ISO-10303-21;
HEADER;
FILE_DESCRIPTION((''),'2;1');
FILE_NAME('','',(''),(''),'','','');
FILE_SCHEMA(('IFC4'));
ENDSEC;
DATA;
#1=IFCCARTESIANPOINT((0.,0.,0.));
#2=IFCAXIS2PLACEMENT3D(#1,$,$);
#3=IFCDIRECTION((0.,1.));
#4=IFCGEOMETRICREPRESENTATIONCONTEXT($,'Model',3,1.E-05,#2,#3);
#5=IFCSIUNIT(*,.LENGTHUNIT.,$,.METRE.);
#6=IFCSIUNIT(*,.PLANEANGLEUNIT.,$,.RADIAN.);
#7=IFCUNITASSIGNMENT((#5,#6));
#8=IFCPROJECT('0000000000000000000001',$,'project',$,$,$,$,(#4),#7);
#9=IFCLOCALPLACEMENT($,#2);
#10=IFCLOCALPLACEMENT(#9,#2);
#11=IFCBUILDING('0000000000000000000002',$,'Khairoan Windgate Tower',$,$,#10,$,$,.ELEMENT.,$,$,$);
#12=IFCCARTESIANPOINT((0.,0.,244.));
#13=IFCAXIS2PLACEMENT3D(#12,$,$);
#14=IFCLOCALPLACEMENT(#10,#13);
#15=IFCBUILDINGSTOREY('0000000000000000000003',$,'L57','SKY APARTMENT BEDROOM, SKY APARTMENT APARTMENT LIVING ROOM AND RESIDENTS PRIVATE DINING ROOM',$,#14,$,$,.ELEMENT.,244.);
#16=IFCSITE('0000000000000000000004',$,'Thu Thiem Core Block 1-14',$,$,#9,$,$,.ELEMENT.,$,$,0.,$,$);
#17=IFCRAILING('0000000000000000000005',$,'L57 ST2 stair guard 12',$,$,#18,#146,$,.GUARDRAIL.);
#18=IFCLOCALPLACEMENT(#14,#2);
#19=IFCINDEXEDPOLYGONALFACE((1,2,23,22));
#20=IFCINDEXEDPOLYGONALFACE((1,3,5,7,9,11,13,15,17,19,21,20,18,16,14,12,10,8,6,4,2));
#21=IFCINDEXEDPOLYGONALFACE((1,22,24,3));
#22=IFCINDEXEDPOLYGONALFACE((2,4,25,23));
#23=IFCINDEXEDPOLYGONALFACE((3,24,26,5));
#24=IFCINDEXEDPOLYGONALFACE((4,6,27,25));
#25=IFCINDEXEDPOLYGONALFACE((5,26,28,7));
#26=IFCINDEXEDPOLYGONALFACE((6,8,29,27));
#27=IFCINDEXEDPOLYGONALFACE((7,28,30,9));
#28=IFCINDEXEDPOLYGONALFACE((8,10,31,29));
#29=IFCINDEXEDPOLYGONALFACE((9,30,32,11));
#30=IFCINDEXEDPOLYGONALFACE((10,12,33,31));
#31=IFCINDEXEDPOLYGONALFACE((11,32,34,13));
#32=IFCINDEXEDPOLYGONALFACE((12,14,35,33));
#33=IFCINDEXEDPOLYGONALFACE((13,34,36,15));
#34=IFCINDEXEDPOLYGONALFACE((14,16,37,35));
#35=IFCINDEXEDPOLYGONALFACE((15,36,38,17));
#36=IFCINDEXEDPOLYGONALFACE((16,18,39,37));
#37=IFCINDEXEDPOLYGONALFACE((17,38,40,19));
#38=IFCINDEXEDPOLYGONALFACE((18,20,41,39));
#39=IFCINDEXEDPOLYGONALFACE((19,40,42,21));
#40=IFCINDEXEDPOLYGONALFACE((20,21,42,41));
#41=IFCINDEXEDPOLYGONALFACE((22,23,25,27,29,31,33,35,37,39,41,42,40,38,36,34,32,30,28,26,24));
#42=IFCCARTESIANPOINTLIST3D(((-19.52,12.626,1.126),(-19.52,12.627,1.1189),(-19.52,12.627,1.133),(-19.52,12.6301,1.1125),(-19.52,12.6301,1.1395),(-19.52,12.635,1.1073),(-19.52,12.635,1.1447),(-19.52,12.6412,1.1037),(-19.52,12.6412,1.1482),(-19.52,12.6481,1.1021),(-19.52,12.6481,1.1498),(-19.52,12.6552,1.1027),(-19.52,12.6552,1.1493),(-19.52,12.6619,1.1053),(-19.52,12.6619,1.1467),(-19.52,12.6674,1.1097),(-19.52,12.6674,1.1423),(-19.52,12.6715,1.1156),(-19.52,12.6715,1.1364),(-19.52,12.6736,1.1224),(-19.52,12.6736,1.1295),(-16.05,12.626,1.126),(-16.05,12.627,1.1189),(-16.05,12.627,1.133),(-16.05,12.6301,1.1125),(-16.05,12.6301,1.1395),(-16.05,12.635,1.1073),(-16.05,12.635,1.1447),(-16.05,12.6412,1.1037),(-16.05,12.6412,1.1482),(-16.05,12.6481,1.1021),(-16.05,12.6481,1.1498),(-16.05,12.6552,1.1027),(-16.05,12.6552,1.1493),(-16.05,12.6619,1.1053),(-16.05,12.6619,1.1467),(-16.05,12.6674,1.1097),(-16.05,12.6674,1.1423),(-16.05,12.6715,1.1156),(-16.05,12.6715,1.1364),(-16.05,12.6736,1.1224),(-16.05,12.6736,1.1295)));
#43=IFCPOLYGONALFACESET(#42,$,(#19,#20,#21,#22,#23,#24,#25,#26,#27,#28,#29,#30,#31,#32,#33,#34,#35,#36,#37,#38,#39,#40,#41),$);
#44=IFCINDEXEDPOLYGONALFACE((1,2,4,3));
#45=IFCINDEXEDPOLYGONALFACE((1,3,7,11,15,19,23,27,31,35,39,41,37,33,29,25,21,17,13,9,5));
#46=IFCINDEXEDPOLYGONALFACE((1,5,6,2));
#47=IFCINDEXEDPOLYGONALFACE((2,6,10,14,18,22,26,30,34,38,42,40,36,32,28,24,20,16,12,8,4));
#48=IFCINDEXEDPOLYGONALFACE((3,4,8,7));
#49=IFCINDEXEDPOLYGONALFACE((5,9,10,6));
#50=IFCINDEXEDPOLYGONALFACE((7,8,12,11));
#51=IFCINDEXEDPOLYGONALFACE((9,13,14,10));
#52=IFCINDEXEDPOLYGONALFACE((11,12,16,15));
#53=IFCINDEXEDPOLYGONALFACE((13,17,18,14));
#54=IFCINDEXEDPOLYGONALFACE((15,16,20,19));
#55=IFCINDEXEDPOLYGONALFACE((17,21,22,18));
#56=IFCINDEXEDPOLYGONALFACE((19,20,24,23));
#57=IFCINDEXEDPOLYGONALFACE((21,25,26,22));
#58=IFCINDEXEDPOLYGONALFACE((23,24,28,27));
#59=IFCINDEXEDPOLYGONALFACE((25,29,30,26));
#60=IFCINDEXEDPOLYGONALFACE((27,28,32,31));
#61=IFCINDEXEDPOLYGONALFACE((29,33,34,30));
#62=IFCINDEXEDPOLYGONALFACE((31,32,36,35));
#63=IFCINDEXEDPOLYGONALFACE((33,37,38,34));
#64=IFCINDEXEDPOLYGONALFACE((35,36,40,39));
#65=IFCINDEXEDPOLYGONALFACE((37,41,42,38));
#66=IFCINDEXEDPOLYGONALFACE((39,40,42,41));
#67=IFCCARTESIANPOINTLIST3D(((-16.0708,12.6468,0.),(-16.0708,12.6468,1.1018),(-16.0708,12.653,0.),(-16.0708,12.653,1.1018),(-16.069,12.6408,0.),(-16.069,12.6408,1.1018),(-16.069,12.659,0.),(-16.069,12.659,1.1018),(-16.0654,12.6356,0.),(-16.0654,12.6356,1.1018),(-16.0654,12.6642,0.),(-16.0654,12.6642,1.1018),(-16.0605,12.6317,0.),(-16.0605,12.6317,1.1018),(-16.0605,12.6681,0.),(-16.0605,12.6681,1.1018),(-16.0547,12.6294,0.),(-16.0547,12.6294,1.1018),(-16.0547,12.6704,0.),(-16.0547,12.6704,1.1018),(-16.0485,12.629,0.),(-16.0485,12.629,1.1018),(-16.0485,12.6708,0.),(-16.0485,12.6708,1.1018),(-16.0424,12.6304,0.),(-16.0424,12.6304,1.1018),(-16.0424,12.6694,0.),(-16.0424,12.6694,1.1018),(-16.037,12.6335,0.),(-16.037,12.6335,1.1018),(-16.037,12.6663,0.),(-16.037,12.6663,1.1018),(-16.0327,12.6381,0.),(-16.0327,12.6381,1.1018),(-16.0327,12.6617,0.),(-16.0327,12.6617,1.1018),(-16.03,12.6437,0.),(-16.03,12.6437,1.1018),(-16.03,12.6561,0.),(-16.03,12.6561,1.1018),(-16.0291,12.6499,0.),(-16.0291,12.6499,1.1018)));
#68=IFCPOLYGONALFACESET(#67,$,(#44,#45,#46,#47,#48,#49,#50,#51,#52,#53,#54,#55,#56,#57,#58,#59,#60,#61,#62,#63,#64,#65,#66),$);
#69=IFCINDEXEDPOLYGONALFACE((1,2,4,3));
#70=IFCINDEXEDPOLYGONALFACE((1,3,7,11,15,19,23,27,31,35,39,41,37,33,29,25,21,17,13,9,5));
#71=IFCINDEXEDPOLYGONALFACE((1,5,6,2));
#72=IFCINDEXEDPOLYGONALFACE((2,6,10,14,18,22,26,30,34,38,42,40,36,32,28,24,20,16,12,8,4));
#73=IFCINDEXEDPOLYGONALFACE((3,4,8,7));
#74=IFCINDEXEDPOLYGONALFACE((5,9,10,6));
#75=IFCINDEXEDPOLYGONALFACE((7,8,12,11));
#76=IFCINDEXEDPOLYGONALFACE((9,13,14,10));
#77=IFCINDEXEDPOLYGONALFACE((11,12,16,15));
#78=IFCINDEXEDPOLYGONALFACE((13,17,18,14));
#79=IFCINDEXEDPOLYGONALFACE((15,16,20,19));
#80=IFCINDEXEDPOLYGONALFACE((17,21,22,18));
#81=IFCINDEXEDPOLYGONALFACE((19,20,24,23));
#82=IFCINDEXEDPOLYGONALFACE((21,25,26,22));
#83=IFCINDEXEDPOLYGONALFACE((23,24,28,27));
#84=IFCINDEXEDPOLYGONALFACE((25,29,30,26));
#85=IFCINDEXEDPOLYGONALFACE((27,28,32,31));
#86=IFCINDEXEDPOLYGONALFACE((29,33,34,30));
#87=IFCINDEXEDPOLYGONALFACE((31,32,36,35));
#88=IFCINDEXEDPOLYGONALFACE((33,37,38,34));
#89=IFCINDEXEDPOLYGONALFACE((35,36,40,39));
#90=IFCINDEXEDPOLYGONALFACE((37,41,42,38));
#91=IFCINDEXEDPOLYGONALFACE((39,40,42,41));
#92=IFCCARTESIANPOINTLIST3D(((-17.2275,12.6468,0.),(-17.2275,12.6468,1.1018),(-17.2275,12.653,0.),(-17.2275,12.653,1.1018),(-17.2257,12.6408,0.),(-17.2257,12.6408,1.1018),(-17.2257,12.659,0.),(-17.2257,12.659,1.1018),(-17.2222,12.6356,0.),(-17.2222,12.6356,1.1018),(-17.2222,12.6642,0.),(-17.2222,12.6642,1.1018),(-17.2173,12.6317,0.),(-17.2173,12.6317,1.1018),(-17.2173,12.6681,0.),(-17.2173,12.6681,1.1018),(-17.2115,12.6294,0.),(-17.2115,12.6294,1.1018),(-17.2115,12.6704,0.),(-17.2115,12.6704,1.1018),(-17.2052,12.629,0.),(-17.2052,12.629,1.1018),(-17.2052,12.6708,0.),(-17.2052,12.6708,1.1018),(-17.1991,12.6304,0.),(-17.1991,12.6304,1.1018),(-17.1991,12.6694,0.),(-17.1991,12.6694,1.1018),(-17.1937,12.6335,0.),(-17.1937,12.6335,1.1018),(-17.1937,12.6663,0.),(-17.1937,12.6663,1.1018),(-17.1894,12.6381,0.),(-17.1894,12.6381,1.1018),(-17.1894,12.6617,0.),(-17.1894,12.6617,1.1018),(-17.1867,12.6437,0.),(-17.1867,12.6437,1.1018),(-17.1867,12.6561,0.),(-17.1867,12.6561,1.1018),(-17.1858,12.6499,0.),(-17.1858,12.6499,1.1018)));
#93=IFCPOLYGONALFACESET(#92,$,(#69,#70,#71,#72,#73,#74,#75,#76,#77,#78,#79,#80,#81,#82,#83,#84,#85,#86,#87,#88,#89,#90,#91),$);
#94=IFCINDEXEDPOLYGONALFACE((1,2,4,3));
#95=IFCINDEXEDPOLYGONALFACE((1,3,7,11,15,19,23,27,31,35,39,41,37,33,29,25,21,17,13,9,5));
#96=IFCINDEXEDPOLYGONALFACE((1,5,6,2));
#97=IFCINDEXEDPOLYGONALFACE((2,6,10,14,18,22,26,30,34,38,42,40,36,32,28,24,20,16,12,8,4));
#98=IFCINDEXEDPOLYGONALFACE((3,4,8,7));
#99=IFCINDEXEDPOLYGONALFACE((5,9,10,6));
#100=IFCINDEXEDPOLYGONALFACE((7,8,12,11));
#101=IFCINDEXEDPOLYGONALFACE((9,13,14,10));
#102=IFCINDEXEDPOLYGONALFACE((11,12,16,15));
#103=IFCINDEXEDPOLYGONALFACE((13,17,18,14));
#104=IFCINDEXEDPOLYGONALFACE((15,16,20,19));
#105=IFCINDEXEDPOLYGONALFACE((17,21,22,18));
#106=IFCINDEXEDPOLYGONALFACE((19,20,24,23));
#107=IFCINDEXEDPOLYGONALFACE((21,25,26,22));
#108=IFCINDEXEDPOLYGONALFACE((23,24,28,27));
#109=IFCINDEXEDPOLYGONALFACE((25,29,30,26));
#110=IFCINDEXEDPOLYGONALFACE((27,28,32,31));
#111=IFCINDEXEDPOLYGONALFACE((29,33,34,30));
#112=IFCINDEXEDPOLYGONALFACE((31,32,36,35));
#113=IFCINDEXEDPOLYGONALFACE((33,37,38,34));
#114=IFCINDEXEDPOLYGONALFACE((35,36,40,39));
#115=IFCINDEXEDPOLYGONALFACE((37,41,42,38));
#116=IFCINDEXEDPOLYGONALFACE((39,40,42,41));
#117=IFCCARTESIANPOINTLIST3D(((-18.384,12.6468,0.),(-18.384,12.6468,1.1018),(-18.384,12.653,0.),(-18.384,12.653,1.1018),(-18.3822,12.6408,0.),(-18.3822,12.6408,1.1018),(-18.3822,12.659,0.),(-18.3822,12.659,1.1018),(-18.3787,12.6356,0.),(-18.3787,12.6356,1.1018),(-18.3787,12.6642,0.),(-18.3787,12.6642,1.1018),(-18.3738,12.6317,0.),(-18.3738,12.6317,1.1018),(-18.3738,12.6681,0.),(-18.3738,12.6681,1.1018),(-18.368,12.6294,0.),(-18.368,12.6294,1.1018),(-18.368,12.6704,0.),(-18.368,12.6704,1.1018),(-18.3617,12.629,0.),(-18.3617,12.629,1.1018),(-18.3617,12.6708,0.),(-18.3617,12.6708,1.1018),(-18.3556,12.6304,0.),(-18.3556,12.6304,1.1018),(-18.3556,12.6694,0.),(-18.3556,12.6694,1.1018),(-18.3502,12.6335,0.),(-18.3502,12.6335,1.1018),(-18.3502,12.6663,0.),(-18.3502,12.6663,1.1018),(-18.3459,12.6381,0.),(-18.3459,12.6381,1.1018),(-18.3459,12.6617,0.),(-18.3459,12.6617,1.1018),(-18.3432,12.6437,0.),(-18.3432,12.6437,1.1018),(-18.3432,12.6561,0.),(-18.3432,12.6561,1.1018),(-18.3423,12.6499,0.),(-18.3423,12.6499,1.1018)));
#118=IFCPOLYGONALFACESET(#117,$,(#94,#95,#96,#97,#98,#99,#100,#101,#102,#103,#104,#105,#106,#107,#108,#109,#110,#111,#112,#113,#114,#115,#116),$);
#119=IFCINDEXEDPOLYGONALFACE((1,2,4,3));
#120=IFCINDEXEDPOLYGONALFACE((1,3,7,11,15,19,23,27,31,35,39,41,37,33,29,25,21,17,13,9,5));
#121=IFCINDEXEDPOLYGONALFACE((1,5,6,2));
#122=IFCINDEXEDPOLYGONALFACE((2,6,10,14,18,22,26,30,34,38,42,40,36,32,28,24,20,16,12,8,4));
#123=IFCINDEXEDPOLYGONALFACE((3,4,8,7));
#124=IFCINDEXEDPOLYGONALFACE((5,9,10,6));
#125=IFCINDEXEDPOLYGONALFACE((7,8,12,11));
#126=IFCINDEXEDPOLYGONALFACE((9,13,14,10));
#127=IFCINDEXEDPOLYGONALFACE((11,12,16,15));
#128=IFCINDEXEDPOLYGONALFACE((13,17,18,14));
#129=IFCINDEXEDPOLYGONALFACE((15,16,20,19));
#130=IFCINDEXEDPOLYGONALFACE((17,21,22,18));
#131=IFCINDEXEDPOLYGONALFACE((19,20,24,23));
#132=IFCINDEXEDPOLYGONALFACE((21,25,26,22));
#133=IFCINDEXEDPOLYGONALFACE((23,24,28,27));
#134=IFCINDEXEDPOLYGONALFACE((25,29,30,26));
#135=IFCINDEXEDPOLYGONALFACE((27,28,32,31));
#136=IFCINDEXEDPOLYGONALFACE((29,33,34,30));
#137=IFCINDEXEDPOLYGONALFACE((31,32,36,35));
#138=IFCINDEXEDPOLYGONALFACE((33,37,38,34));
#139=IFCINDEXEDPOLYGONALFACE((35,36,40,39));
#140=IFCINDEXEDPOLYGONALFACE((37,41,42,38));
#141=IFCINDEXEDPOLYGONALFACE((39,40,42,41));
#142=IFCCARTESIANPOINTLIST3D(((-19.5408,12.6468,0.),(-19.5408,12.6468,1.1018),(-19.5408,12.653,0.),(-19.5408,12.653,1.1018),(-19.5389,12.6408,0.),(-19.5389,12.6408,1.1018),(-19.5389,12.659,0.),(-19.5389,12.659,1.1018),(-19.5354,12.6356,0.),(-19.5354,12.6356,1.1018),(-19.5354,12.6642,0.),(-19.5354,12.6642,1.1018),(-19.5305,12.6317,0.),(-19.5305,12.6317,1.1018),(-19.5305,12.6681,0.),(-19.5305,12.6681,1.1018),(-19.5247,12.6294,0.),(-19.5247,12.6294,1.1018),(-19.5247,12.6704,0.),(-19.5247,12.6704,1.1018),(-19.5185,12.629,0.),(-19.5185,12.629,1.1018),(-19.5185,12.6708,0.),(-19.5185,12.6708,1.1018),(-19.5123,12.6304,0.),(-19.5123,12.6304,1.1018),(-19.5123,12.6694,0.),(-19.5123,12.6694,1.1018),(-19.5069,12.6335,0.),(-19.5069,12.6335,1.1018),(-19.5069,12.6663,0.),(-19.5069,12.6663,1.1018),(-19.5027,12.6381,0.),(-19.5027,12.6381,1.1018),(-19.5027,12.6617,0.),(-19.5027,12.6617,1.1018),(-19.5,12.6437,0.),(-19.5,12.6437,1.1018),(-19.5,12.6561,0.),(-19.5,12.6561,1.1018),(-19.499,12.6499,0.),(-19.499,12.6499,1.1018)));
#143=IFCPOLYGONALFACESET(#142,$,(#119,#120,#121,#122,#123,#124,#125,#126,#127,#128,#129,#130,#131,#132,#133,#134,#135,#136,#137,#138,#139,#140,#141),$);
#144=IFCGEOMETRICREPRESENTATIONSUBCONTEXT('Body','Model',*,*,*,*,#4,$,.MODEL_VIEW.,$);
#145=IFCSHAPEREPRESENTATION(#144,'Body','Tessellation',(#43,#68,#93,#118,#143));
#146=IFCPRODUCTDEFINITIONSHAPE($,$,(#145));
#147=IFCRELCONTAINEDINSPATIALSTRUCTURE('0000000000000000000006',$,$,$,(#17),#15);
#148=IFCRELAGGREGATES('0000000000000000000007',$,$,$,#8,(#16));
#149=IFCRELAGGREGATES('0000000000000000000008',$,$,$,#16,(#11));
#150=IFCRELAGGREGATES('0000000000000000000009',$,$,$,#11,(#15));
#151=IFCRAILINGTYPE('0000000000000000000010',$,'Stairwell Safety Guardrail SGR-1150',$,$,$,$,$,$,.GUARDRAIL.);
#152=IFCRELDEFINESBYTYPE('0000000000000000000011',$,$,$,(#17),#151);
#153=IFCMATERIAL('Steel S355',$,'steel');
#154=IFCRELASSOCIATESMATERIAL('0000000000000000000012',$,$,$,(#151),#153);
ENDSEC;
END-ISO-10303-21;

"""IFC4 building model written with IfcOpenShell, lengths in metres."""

from ifc_helpers import new_model, si_unit, direction, frame, origin, origin_2d, place, context, subcontext, project, spatial, circle, extrude, material, type_object, element, save


model = new_model("IFC4")

# Units and contexts
model_context = context("Model", 3, precision=1e-05, world=origin(), true_north=direction((0.0, 1.0)))
body_context = subcontext(model_context, "Body", "Model", "MODEL_VIEW")
ifc_project = project(units=[si_unit("LENGTHUNIT", "METRE"), si_unit("PLANEANGLEUNIT", "RADIAN")], contexts=[model_context])

# Site, building, storey
site_placement = place(None, origin())
site = spatial("IfcSite", under=ifc_project, at=site_placement, Name="Thu Thiem Core Block 1-14", CompositionType="ELEMENT", RefElevation=0.0)
building_placement = place(site_placement, origin())
building = spatial("IfcBuilding", under=site, at=building_placement, Name="Khairoan Windgate Tower", CompositionType="ELEMENT")
storey_placement = place(building_placement, frame((0.0, 0.0, 244.0)))
storey = spatial("IfcBuildingStorey", under=building, at=storey_placement, Name="L57", Description="SKY APARTMENT BEDROOM, SKY APARTMENT APARTMENT LIVING ROOM AND RESIDENTS PRIVATE DINING ROOM", CompositionType="ELEMENT", Elevation=244.0)

# Railing
ifc_material_1 = material(Name="Steel S355", Category="steel")
railing_type = type_object("IfcRailingType", Name="Stairwell Safety Guardrail SGR-1150", PredefinedType="GUARDRAIL", material=ifc_material_1)
railing_1_placement = place(storey_placement, frame((-16.05, 12.6499, 0.0)))
element("IfcRailing", 1, at=railing_1_placement, inside=storey, type_object=railing_type, Name="L57 ST2 stair guard 12", PredefinedType="GUARDRAIL", context=body_context, shape_type="SweptSolid", body=[
    extrude(circle(Radius=0.0239, at=origin_2d()), frame((0.0, 0.0, 1.126), z_axis=(-1.0, 0.0, 0.0), x_axis=(0.0, -1.0, 0.0)), (0.0, 0.0, 1.0), 3.47),
    extrude(circle(Radius=0.021, at=origin_2d()), origin(), (0.0, 0.0, 1.0), 1.1018),
    extrude(circle(Radius=0.021, at=origin_2d()), frame((-1.1567, 0.0, 0.0)), (0.0, 0.0, 1.0), 1.1018),
    extrude(circle(Radius=0.021, at=origin_2d()), frame((-2.3132, 0.0, 0.0)), (0.0, 0.0, 1.0), 1.1018),
    extrude(circle(Radius=0.021, at=origin_2d()), frame((-3.47, 0.0, 0.0)), (0.0, 0.0, 1.0), 1.1018),
])

save(model, "model.ifc")
